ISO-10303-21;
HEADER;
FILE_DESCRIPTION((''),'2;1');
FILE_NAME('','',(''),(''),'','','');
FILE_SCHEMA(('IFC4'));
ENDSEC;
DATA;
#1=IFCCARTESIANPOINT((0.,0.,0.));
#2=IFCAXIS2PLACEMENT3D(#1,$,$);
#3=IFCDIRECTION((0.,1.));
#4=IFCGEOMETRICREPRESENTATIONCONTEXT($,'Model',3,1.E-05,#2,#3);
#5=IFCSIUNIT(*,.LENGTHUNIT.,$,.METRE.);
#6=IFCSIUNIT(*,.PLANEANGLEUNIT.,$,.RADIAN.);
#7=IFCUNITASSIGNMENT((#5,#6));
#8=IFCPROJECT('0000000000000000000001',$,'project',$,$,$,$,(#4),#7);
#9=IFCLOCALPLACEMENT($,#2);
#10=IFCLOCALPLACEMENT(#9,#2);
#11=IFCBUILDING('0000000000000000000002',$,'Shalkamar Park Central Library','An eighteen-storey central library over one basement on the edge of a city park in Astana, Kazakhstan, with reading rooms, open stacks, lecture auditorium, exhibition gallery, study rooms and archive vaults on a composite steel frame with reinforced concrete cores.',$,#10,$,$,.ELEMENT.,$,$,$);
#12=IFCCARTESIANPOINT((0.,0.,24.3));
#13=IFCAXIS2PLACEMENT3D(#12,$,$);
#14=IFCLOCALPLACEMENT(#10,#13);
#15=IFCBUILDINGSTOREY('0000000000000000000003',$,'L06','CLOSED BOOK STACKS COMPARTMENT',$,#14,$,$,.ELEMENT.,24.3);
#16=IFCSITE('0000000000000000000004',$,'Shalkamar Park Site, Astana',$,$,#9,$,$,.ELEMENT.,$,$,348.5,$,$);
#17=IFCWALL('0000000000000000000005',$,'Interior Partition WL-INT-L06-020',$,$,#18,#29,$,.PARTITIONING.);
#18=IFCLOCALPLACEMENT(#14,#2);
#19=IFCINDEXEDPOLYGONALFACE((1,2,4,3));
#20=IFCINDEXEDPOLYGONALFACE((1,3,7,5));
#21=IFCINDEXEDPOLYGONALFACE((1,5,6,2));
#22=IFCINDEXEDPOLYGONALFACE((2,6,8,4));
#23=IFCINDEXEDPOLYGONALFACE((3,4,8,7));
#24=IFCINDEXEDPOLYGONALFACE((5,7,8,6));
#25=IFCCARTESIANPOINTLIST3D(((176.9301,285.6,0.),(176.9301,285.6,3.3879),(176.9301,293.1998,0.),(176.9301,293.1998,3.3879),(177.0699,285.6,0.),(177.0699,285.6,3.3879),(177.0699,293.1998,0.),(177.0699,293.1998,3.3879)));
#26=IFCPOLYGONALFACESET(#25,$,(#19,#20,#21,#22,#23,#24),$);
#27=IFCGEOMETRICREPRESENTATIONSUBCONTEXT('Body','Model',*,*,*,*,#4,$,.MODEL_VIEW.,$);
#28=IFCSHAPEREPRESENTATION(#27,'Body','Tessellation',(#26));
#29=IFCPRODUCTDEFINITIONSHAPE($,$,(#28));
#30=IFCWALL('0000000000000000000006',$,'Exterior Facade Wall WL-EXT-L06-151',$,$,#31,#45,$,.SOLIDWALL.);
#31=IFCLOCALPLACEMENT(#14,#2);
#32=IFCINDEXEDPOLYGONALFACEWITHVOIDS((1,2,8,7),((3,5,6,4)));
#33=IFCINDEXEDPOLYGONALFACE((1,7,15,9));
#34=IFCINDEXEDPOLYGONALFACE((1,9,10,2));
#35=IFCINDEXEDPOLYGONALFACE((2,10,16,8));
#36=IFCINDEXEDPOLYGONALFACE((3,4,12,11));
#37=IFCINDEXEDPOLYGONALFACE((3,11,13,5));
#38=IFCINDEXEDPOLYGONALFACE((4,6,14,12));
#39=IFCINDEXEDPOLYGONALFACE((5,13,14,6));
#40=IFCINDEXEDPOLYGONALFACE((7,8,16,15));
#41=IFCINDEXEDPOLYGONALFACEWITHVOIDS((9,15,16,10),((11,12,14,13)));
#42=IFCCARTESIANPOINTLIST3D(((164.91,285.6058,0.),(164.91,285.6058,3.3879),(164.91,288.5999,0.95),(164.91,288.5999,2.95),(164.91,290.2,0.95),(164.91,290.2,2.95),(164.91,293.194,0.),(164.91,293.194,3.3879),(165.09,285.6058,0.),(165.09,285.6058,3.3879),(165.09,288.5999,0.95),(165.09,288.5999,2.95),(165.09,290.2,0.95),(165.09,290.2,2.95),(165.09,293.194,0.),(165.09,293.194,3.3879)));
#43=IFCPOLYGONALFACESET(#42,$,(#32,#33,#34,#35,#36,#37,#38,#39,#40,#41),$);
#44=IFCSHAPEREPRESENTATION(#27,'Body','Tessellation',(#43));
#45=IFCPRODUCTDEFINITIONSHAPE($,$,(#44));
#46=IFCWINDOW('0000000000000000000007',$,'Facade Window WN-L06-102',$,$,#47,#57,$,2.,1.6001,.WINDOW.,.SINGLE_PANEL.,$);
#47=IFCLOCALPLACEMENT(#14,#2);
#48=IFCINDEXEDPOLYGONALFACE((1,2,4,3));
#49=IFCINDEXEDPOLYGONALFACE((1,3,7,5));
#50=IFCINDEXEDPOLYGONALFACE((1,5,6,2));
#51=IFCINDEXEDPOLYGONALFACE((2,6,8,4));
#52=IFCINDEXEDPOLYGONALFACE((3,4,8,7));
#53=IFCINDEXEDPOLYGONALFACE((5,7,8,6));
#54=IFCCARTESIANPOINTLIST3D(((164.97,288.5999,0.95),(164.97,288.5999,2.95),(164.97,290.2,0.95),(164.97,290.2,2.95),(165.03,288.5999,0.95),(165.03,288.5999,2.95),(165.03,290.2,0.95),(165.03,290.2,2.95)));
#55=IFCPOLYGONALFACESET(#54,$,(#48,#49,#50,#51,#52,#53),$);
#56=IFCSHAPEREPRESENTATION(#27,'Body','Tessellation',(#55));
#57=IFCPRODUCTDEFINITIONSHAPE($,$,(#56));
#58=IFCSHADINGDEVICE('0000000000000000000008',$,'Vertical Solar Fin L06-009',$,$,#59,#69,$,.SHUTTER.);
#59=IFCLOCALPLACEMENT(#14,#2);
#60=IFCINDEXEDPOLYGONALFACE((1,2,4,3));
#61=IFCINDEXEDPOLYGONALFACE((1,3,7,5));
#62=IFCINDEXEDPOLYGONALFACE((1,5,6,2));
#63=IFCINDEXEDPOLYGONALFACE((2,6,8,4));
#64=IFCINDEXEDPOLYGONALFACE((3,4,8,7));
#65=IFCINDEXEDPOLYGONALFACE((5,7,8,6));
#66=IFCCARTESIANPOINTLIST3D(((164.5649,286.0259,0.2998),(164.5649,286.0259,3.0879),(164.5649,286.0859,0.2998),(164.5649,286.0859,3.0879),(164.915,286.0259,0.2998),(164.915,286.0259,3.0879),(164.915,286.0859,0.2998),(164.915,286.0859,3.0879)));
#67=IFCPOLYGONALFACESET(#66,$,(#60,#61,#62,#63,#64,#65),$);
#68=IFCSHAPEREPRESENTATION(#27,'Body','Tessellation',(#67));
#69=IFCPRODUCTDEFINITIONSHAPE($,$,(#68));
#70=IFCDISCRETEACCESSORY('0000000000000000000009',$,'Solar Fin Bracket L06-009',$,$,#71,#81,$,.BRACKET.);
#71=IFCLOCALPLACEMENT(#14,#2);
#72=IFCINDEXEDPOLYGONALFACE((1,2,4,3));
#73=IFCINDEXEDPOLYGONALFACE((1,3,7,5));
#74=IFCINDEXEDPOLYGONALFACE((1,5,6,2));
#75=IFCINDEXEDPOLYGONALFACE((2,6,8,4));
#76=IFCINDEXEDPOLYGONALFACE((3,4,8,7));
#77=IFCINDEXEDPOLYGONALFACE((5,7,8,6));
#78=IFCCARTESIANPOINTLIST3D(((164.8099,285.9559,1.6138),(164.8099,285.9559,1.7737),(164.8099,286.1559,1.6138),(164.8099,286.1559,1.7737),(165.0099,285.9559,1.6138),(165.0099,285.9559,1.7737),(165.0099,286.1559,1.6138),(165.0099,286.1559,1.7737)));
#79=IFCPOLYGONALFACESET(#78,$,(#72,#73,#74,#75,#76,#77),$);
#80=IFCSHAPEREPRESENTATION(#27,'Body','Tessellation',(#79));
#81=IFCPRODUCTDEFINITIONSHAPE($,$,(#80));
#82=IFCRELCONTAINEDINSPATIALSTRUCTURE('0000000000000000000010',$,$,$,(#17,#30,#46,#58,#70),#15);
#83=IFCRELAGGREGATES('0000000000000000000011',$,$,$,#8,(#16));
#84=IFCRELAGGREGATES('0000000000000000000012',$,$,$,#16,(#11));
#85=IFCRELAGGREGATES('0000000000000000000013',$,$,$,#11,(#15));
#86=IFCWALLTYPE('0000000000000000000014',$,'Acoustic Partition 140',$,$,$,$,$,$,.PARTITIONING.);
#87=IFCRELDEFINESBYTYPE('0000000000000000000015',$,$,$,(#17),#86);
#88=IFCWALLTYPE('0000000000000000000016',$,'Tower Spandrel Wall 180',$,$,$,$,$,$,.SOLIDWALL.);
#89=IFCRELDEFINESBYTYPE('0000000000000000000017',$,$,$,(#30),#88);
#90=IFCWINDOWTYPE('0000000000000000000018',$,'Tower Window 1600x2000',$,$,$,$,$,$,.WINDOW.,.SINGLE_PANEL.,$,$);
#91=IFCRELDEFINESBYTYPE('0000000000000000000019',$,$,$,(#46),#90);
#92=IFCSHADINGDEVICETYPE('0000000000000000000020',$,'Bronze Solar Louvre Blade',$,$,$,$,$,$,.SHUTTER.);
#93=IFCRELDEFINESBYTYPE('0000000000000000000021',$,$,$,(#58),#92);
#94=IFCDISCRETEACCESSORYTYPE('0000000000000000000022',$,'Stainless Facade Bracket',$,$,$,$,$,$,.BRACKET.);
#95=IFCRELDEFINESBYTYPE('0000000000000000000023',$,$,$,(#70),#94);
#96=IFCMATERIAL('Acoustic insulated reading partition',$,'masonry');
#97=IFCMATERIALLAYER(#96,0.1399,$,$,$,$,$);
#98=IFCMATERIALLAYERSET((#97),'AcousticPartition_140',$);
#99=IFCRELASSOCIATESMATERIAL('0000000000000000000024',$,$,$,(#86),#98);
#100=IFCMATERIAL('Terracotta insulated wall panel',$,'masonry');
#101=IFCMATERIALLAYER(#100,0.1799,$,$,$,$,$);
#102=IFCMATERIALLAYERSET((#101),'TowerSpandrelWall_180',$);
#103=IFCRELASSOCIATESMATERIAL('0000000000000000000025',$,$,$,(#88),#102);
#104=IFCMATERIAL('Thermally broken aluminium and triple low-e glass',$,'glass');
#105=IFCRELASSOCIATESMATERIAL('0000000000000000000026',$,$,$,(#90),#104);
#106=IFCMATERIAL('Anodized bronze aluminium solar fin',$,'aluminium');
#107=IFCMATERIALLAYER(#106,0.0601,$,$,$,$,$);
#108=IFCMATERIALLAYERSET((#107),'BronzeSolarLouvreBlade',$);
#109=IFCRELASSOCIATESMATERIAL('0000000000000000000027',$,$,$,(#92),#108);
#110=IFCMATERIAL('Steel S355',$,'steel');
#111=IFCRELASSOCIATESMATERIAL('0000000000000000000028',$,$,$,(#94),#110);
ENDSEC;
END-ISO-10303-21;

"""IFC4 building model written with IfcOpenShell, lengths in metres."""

from ifc_helpers import new_model, si_unit, direction, frame, frame_2d, origin, origin_2d, place, context, subcontext, project, spatial, rectangle, extrude, material, layer, layer_set, type_object, element, fill, save


model = new_model("IFC4")

# Units and contexts
model_context = context("Model", 3, precision=1e-05, world=origin(), true_north=direction((0.0, 1.0)))
body_context = subcontext(model_context, "Body", "Model", "MODEL_VIEW")
ifc_project = project(units=[si_unit("LENGTHUNIT", "METRE"), si_unit("PLANEANGLEUNIT", "RADIAN")], contexts=[model_context])

# Site, building, storey
site_placement = place(None, origin())
site = spatial("IfcSite", under=ifc_project, at=site_placement, Name="Shalkamar Park Site, Astana", CompositionType="ELEMENT", RefElevation=348.5)
building_placement = place(site_placement, origin())
building = spatial("IfcBuilding", under=site, at=building_placement, Name="Shalkamar Park Central Library", Description="An eighteen-storey central library over one basement on the edge of a city park in Astana, Kazakhstan, with reading rooms, open stacks, lecture auditorium, exhibition gallery, study rooms and archive vaults on a composite steel frame with reinforced concrete cores.", CompositionType="ELEMENT")
storey_placement = place(building_placement, frame((0.0, 0.0, 24.3)))
storey = spatial("IfcBuildingStorey", under=building, at=storey_placement, Name="L06", Description="CLOSED BOOK STACKS COMPARTMENT", CompositionType="ELEMENT", Elevation=24.3)

# Shared definitions
ifc_material_1 = material(Name="Steel S355", Category="steel")

# Shared definitions
ifc_material_2 = material(Name="Acoustic insulated reading partition", Category="masonry")
ifc_layer_1 = layer(ifc_material_2, 0.1399)
ifc_layer_set_1 = layer_set([ifc_layer_1], Name="AcousticPartition_140")
wall_type_1 = type_object("IfcWallType", Name="Acoustic Partition 140", PredefinedType="PARTITIONING", material=ifc_layer_set_1)

# Wall
wall_1_placement = place(storey_placement, frame((177.0, 285.6001, 0.0), z_axis=(0.0, 0.0, 1.0), x_axis=(0.0, 1.0, 0.0)))
element("IfcWall", 1, at=wall_1_placement, inside=storey, type_object=wall_type_1, Name="Interior Partition WL-INT-L06-020", PredefinedType="PARTITIONING", context=body_context, shape_type="SweptSolid", body=[
    extrude(rectangle(XDim=7.5999, YDim=0.1399, at=frame_2d((3.7998, 0.0))), origin(), (0.0, 0.0, 1.0), 3.3879),
])

# Wall, opening, window
ifc_material_3 = material(Name="Terracotta insulated wall panel", Category="masonry")
ifc_layer_2 = layer(ifc_material_3, 0.1799)
ifc_layer_set_2 = layer_set([ifc_layer_2], Name="TowerSpandrelWall_180")
wall_type_2 = type_object("IfcWallType", Name="Tower Spandrel Wall 180", PredefinedType="SOLIDWALL", material=ifc_layer_set_2)
wall_2_placement = place(storey_placement, frame((165.0, 285.606, 0.0), z_axis=(0.0, 0.0, 1.0), x_axis=(0.0, 1.0, 0.0)))
wall_2 = element("IfcWall", 2, at=wall_2_placement, inside=storey, type_object=wall_type_2, Name="Exterior Facade Wall WL-EXT-L06-151", PredefinedType="SOLIDWALL", context=body_context, shape_type="SweptSolid", body=[
    extrude(rectangle(XDim=7.5881, YDim=0.1799, at=frame_2d((3.7939, 0.0))), origin(), (0.0, 0.0, 1.0), 3.3879),
])
opening_1_placement = place(wall_2_placement, frame((2.9939, 0.0, 0.95)))
opening_1 = element("IfcOpeningElement", 3, at=opening_1_placement, cuts=wall_2, PredefinedType="OPENING", context=body_context, shape_type="SweptSolid", body=[
    extrude(rectangle(XDim=1.6001, YDim=2.0, at=frame_2d((0.8, 1.0))), frame((0.0, 0.105, 0.0), z_axis=(0.0, -1.0, 0.0), x_axis=(1.0, 0.0, 0.0)), (0.0, 0.0, 1.0), 0.2097),
])
ifc_material_4 = material(Name="Thermally broken aluminium and triple low-e glass", Category="glass")
window_type = type_object("IfcWindowType", Name="Tower Window 1600x2000", PartitioningType="SINGLE_PANEL", PredefinedType="WINDOW", material=ifc_material_4)
window_placement = place(opening_1_placement, origin())
window = element("IfcWindow", 4, at=window_placement, inside=storey, type_object=window_type, Name="Facade Window WN-L06-102", OverallHeight=2.0, OverallWidth=1.6001, PartitioningType="SINGLE_PANEL", PredefinedType="WINDOW", context=body_context, shape_type="SweptSolid", body=[
    extrude(rectangle(XDim=1.6001, YDim=2.0, at=frame_2d((0.8, 1.0))), frame((0.0, 0.03, 0.0), z_axis=(0.0, -1.0, 0.0), x_axis=(1.0, 0.0, 0.0)), (0.0, 0.0, 1.0), 0.0601),
])
fill(opening_1, window)

# Shading device
ifc_material_5 = material(Name="Anodized bronze aluminium solar fin", Category="aluminium")
ifc_layer_3 = layer(ifc_material_5, 0.0601)
ifc_layer_set_3 = layer_set([ifc_layer_3], Name="BronzeSolarLouvreBlade")
shading_device_type = type_object("IfcShadingDeviceType", Name="Bronze Solar Louvre Blade", PredefinedType="SHUTTER", material=ifc_layer_set_3)
shading_device_placement = place(storey_placement, frame((164.74, 286.0559, 0.2998), z_axis=(0.0, 0.0, 1.0), x_axis=(1.0, 0.0, 0.0)))
element("IfcShadingDevice", 5, at=shading_device_placement, inside=storey, type_object=shading_device_type, Name="Vertical Solar Fin L06-009", PredefinedType="SHUTTER", context=body_context, shape_type="SweptSolid", body=[
    extrude(rectangle(XDim=0.3501, YDim=0.0601, at=origin_2d()), origin(), (0.0, 0.0, 1.0), 2.7881),
])

# Discrete accessory
discrete_accessory_type = type_object("IfcDiscreteAccessoryType", Name="Stainless Facade Bracket", PredefinedType="BRACKET", material=ifc_material_1)
discrete_accessory_placement = place(storey_placement, frame((164.9099, 286.0559, 1.6138), z_axis=(0.0, 0.0, 1.0), x_axis=(1.0, 0.0, 0.0)))
element("IfcDiscreteAccessory", 6, at=discrete_accessory_placement, inside=storey, type_object=discrete_accessory_type, Name="Solar Fin Bracket L06-009", PredefinedType="BRACKET", context=body_context, shape_type="SweptSolid", body=[
    extrude(rectangle(XDim=0.2, YDim=0.2, at=origin_2d()), origin(), (0.0, 0.0, 1.0), 0.1599),
])

save(model, "model.ifc")
